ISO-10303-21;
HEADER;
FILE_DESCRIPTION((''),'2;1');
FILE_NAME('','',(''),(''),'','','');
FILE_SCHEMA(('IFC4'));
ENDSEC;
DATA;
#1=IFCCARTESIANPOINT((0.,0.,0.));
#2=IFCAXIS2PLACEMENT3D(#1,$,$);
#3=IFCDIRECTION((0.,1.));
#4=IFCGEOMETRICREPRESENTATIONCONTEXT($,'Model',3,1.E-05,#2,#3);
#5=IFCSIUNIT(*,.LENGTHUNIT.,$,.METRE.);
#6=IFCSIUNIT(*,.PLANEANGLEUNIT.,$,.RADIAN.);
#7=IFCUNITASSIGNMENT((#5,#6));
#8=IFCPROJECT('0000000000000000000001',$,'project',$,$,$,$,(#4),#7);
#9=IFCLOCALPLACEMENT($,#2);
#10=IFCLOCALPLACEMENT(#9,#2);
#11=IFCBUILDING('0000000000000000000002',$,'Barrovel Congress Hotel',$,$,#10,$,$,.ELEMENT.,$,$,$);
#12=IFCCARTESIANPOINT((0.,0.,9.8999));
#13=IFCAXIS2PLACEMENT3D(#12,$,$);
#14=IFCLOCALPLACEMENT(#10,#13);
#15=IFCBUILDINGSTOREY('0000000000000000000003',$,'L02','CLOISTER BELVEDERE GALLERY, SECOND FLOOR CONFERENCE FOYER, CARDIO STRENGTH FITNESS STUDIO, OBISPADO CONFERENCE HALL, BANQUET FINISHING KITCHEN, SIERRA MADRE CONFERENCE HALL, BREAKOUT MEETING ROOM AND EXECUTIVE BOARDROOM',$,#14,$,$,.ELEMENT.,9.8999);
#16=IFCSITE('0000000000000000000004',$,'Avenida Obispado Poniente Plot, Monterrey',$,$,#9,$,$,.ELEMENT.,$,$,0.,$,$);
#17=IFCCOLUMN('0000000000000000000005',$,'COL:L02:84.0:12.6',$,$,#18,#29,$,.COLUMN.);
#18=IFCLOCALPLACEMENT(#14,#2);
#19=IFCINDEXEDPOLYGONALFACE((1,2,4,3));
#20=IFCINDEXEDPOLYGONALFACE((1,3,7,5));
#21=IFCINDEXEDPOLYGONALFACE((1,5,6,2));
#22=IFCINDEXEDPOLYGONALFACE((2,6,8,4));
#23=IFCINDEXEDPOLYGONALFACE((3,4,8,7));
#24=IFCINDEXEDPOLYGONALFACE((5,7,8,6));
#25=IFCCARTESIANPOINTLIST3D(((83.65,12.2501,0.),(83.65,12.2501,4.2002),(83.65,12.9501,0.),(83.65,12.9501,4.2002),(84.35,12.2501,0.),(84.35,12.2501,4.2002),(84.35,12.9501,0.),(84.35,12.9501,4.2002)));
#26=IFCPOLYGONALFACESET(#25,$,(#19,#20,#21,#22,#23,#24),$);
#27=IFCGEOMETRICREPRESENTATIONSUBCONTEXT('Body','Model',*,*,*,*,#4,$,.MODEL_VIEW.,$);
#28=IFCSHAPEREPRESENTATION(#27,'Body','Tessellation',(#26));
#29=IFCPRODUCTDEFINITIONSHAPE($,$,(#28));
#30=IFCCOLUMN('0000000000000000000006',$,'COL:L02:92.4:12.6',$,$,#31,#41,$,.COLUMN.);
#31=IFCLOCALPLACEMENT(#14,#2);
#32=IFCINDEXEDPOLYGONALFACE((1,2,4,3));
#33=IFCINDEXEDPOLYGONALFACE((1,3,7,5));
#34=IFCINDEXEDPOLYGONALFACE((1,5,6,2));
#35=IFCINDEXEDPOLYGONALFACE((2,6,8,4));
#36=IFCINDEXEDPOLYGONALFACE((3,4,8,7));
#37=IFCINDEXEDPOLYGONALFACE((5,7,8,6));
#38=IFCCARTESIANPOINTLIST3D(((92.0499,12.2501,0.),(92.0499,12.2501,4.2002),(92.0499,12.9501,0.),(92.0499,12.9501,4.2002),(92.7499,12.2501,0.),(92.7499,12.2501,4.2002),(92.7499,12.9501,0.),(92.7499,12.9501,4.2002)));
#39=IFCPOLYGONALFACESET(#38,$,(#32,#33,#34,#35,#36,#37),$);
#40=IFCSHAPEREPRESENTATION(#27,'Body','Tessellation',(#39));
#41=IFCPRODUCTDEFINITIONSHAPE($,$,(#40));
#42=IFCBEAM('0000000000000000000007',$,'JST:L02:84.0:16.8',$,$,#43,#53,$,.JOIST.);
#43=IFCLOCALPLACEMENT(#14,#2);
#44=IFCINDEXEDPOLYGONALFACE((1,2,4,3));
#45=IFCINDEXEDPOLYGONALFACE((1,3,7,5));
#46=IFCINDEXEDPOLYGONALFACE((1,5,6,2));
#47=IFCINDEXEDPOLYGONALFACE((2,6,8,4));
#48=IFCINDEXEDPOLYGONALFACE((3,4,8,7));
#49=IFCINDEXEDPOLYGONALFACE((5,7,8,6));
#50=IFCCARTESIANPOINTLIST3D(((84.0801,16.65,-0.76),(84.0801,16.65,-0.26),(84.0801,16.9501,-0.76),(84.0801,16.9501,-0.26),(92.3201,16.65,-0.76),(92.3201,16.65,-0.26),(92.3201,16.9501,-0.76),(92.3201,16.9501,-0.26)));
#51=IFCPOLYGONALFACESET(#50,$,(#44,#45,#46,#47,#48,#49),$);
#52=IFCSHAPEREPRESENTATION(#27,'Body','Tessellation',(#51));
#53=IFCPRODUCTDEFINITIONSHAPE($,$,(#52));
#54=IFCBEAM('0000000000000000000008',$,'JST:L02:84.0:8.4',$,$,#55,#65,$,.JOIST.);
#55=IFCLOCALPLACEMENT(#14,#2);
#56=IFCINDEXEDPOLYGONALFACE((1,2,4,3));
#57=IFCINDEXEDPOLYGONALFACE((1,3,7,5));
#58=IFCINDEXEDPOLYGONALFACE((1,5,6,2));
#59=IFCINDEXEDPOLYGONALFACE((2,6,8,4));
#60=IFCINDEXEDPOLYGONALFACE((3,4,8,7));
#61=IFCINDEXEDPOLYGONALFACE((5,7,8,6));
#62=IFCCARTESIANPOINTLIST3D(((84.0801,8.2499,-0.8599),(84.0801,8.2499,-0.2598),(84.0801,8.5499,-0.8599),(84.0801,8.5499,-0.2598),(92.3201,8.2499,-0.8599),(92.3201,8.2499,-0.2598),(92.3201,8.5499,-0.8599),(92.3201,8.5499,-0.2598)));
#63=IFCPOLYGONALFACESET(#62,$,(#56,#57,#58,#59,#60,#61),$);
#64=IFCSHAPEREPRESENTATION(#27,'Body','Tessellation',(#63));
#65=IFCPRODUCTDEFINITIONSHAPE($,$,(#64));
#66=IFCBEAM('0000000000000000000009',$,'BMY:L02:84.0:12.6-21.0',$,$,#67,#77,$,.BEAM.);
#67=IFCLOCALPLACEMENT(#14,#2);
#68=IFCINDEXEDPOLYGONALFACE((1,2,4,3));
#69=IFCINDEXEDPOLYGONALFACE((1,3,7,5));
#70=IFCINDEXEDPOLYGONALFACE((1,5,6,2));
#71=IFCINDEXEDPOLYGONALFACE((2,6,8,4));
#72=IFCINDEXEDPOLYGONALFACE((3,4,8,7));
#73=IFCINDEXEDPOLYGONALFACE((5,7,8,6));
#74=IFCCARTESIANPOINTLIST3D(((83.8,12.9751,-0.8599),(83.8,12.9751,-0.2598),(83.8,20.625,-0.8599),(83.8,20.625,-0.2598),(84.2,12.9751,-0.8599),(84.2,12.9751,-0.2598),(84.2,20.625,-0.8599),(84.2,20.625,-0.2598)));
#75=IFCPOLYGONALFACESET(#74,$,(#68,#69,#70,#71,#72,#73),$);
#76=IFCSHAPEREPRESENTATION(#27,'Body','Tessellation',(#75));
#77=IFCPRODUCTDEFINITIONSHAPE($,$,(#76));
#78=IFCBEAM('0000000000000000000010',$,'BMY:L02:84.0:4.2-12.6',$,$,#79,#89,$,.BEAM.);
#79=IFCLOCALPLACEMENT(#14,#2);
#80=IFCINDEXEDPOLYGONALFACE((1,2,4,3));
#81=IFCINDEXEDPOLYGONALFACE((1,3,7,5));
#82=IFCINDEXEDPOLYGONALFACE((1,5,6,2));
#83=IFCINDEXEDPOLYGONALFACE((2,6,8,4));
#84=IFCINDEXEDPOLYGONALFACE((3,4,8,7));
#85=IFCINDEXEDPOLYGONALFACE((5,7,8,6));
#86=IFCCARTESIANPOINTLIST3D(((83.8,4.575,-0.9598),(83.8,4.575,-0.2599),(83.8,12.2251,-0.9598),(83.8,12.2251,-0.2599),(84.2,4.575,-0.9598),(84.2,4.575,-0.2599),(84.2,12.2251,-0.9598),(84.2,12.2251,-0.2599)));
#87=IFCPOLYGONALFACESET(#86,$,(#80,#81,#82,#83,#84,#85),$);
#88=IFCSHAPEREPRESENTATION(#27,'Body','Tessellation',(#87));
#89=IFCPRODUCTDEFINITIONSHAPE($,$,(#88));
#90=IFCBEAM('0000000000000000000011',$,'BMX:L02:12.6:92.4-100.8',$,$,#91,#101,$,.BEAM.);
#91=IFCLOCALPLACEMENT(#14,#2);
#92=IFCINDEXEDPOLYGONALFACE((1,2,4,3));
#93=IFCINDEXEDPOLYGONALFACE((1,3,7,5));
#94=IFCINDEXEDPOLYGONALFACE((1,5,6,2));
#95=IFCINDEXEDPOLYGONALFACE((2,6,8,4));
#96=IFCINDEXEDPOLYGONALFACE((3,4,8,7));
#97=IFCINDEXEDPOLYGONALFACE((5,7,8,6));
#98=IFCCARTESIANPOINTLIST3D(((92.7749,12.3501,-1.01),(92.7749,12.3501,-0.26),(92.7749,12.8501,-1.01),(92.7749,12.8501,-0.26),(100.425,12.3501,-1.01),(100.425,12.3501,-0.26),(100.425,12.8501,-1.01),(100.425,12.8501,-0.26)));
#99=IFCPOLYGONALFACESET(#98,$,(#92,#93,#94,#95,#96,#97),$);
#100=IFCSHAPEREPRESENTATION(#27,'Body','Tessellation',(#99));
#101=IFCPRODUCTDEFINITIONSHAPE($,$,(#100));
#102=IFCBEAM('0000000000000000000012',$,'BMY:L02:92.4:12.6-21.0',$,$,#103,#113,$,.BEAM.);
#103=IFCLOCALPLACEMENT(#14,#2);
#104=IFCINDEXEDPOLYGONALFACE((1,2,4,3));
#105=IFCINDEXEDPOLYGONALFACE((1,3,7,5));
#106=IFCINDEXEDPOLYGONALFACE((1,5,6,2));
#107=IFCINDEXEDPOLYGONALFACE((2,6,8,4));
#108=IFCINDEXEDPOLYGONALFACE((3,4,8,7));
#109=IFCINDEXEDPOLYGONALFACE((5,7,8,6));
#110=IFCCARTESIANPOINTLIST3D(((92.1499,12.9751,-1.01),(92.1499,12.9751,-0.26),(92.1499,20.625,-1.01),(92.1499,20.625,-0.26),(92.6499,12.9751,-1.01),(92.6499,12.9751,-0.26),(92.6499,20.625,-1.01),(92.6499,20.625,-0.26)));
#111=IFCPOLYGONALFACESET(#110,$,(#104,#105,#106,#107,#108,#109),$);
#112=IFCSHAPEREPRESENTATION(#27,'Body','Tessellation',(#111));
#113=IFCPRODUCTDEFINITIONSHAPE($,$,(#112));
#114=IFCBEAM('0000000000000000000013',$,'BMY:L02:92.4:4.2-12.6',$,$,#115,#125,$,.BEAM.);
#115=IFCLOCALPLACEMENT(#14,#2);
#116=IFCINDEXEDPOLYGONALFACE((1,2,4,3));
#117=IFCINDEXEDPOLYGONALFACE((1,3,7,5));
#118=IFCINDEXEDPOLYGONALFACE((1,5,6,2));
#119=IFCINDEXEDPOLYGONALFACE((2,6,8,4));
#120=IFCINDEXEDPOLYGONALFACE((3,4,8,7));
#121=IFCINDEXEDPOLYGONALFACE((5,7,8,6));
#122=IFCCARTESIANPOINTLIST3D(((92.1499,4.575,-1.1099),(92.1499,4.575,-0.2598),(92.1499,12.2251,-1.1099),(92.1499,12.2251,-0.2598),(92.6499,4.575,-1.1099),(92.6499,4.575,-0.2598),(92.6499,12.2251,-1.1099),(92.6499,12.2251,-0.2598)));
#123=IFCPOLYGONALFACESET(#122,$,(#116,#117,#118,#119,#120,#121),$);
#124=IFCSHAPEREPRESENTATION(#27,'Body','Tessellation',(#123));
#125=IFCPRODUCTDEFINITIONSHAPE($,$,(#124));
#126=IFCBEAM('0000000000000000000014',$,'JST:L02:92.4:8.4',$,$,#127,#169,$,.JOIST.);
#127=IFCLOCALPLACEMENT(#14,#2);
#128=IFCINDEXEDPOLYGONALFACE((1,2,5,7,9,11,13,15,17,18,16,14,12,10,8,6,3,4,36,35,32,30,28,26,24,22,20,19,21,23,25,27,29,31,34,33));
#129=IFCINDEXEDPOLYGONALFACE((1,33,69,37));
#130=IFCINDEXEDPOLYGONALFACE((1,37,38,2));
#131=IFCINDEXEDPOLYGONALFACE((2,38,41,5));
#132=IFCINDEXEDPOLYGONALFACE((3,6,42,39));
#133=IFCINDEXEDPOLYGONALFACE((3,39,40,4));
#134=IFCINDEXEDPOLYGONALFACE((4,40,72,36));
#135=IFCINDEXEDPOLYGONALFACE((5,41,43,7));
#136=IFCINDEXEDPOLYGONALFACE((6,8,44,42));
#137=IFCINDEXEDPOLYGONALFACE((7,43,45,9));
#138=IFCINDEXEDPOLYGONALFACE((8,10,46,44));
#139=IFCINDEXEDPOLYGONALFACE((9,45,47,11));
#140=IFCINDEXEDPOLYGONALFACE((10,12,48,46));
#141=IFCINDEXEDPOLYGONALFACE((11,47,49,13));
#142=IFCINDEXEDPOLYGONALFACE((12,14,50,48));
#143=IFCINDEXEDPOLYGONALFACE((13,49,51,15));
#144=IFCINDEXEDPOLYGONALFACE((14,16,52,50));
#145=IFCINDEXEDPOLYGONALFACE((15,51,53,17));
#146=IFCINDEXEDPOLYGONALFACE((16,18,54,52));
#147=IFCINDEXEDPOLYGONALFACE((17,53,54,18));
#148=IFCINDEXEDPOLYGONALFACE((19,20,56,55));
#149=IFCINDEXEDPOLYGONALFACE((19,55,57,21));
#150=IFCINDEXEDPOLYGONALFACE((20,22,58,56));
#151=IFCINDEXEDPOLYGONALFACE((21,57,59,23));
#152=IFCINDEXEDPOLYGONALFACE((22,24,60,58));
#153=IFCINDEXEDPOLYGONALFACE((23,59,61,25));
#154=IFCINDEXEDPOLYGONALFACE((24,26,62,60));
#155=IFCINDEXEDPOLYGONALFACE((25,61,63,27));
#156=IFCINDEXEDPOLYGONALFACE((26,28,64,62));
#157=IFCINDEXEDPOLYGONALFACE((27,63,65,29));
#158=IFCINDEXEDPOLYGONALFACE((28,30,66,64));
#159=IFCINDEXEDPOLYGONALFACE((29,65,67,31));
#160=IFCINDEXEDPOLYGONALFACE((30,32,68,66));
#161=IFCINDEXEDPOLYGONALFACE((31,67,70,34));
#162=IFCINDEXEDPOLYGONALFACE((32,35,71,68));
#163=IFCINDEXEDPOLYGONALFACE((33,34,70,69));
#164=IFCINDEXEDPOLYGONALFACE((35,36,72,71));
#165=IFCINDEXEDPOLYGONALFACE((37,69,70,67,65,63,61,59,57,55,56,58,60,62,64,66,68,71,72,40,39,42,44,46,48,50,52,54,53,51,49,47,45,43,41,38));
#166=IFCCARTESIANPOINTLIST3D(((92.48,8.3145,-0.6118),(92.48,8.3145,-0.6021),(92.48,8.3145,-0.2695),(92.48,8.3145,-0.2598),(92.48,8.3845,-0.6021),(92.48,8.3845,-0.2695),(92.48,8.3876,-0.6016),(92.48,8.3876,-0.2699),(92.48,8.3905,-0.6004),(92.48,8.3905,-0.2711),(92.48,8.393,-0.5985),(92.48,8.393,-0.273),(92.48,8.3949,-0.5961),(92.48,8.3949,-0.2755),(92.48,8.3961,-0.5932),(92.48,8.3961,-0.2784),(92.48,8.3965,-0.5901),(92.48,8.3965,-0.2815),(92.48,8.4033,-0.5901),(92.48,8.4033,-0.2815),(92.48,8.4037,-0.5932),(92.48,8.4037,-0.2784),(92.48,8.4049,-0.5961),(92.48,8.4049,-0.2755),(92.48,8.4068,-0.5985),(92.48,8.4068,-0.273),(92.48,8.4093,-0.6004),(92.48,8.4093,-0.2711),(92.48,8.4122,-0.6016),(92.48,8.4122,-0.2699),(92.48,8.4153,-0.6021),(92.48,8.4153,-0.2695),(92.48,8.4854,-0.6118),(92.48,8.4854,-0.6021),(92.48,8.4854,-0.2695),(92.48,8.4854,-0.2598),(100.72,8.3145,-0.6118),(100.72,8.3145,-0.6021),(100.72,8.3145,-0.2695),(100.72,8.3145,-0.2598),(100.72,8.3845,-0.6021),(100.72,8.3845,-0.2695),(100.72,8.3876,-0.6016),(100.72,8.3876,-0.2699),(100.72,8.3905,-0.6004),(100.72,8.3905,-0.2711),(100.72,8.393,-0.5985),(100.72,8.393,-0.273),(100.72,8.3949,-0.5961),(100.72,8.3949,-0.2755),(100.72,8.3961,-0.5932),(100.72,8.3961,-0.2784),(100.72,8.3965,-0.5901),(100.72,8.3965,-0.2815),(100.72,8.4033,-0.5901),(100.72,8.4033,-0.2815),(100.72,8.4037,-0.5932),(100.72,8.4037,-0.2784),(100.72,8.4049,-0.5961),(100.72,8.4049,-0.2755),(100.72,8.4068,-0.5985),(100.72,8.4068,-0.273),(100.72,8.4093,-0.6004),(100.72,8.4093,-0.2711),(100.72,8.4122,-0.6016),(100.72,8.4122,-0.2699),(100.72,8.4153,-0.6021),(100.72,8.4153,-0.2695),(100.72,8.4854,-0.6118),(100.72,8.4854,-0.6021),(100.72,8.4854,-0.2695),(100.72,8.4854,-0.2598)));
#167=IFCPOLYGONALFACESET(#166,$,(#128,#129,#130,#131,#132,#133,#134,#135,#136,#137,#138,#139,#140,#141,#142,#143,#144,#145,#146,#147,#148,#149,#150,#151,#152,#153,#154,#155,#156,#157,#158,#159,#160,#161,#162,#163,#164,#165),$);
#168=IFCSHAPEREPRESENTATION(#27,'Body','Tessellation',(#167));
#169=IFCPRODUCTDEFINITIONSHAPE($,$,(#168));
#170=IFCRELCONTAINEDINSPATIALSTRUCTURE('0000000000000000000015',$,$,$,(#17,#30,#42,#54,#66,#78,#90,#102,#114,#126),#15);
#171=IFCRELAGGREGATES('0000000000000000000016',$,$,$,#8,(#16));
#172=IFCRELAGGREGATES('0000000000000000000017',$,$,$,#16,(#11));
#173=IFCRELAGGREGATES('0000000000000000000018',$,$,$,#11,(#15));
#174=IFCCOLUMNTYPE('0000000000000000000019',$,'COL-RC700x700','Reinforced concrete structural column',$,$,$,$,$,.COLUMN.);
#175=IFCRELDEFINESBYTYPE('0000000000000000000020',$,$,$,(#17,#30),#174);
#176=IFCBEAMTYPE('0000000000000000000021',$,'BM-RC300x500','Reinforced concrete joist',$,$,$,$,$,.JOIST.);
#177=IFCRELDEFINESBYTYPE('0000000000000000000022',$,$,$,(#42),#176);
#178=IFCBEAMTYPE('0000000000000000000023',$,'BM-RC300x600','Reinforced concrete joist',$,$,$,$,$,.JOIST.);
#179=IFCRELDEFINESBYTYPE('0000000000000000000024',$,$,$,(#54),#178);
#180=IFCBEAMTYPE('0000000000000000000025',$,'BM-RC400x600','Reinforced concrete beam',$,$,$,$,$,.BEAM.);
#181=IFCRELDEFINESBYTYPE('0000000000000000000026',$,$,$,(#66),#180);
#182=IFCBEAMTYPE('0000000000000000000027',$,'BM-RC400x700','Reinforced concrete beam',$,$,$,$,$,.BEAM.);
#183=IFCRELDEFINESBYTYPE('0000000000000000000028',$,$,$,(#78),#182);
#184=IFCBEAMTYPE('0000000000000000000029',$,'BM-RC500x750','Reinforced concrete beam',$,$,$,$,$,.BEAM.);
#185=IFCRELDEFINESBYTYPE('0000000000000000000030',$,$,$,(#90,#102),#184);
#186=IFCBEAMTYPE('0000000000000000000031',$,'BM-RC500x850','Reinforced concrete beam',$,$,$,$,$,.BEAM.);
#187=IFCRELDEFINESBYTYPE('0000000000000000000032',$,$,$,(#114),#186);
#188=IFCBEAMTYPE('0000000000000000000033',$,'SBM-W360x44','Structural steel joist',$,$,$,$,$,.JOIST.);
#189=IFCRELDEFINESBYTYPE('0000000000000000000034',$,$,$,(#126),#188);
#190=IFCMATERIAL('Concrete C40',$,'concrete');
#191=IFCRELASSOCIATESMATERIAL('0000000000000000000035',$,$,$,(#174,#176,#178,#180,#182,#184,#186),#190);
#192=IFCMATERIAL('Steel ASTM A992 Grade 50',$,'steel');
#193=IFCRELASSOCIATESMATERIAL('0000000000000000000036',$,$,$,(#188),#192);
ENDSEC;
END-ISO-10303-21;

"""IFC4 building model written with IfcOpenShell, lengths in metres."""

from ifc_helpers import new_model, si_unit, direction, frame, origin, origin_2d, place, context, subcontext, project, spatial, rectangle, i_section, extrude, material, material_profile, profile_set, type_object, element, save


model = new_model("IFC4")

# Units and contexts
model_context = context("Model", 3, precision=1e-05, world=origin(), true_north=direction((0.0, 1.0)))
body_context = subcontext(model_context, "Body", "Model", "MODEL_VIEW")
ifc_project = project(units=[si_unit("LENGTHUNIT", "METRE"), si_unit("PLANEANGLEUNIT", "RADIAN")], contexts=[model_context])

# Site, building, storey
site_placement = place(None, origin())
site = spatial("IfcSite", under=ifc_project, at=site_placement, Name="Avenida Obispado Poniente Plot, Monterrey", CompositionType="ELEMENT", RefElevation=0.0)
building_placement = place(site_placement, origin())
building = spatial("IfcBuilding", under=site, at=building_placement, Name="Barrovel Congress Hotel", CompositionType="ELEMENT")
storey_placement = place(building_placement, frame((0.0, 0.0, 9.8999)))
storey = spatial("IfcBuildingStorey", under=building, at=storey_placement, Name="L02", Description="CLOISTER BELVEDERE GALLERY, SECOND FLOOR CONFERENCE FOYER, CARDIO STRENGTH FITNESS STUDIO, OBISPADO CONFERENCE HALL, BANQUET FINISHING KITCHEN, SIERRA MADRE CONFERENCE HALL, BREAKOUT MEETING ROOM AND EXECUTIVE BOARDROOM", CompositionType="ELEMENT", Elevation=9.8999)

# Columns
ifc_material_1 = material(Name="Concrete C40", Category="concrete")
ifc_material_profile_1 = material_profile(ifc_material_1, rectangle(XDim=0.7, YDim=0.7, at=origin_2d()), Name="RC700x700")
ifc_profile_set_1 = profile_set([ifc_material_profile_1], Name="Concrete C40")
column_type = type_object("IfcColumnType", Name="COL-RC700x700", Description="Reinforced concrete structural column", PredefinedType="COLUMN", material=ifc_profile_set_1)
for number, where, z_axis, x_axis, name in (
    (1, (84.0, 12.6001, 0.0), (0.0, 0.0, 1.0), (1.0, 0.0, 0.0), "COL:L02:84.0:12.6"),
    (2, (92.3999, 12.6001, 0.0), (0.0, 0.0, 1.0), (1.0, 0.0, 0.0), "COL:L02:92.4:12.6"),
):
    element("IfcColumn", number, at=place(storey_placement, frame(where, z_axis=z_axis, x_axis=x_axis)), inside=storey, type_object=column_type, Name=name, PredefinedType="COLUMN", context=body_context, shape_type="SweptSolid", body=[
        extrude(rectangle(XDim=0.7, YDim=0.7, at=origin_2d()), origin(), (0.0, 0.0, 1.0), 4.2002),
    ])

# Beams
ifc_material_profile_2 = material_profile(ifc_material_1, rectangle(XDim=0.3, YDim=0.5, at=origin_2d()), Name="RC300x500")
ifc_profile_set_2 = profile_set([ifc_material_profile_2], Name="Concrete C40")
beam_type_1 = type_object("IfcBeamType", Name="BM-RC300x500", Description="Reinforced concrete joist", PredefinedType="JOIST", material=ifc_profile_set_2)
beam_1_placement = place(storey_placement, frame((84.0801, 16.8, -0.51), z_axis=(1.0, 0.0, 0.0), x_axis=(0.0, 1.0, 0.0)))
element("IfcBeam", 3, at=beam_1_placement, inside=storey, type_object=beam_type_1, Name="JST:L02:84.0:16.8", PredefinedType="JOIST", context=body_context, shape_type="SweptSolid", body=[
    extrude(rectangle(XDim=0.3, YDim=0.5, at=origin_2d()), origin(), (0.0, 0.0, 1.0), 8.24),
])
ifc_material_profile_3 = material_profile(ifc_material_1, rectangle(XDim=0.3, YDim=0.6001, at=origin_2d()), Name="RC300x600")
ifc_profile_set_3 = profile_set([ifc_material_profile_3], Name="Concrete C40")
beam_type_2 = type_object("IfcBeamType", Name="BM-RC300x600", Description="Reinforced concrete joist", PredefinedType="JOIST", material=ifc_profile_set_3)
beam_2_placement = place(storey_placement, frame((84.0801, 8.3999, -0.5598), z_axis=(1.0, 0.0, 0.0), x_axis=(0.0, 1.0, 0.0)))
element("IfcBeam", 4, at=beam_2_placement, inside=storey, type_object=beam_type_2, Name="JST:L02:84.0:8.4", PredefinedType="JOIST", context=body_context, shape_type="SweptSolid", body=[
    extrude(rectangle(XDim=0.3, YDim=0.6001, at=origin_2d()), origin(), (0.0, 0.0, 1.0), 8.24),
])
ifc_material_profile_4 = material_profile(ifc_material_1, rectangle(XDim=0.3999, YDim=0.6001, at=origin_2d()), Name="RC400x600")
ifc_profile_set_4 = profile_set([ifc_material_profile_4], Name="Concrete C40")
beam_type_3 = type_object("IfcBeamType", Name="BM-RC400x600", Description="Reinforced concrete beam", PredefinedType="BEAM", material=ifc_profile_set_4)
beam_3_placement = place(storey_placement, frame((84.0, 12.9751, -0.5598), z_axis=(0.0, 1.0, 0.0), x_axis=(-1.0, 0.0, 0.0)))
element("IfcBeam", 5, at=beam_3_placement, inside=storey, type_object=beam_type_3, Name="BMY:L02:84.0:12.6-21.0", PredefinedType="BEAM", context=body_context, shape_type="SweptSolid", body=[
    extrude(rectangle(XDim=0.3999, YDim=0.6001, at=origin_2d()), origin(), (0.0, 0.0, 1.0), 7.6499),
])
ifc_material_profile_5 = material_profile(ifc_material_1, rectangle(XDim=0.3999, YDim=0.7, at=origin_2d()), Name="RC400x700")
ifc_profile_set_5 = profile_set([ifc_material_profile_5], Name="Concrete C40")
beam_type_4 = type_object("IfcBeamType", Name="BM-RC400x700", Description="Reinforced concrete beam", PredefinedType="BEAM", material=ifc_profile_set_5)
beam_4_placement = place(storey_placement, frame((84.0, 4.575, -0.6099), z_axis=(0.0, 1.0, 0.0), x_axis=(-1.0, 0.0, 0.0)))
element("IfcBeam", 6, at=beam_4_placement, inside=storey, type_object=beam_type_4, Name="BMY:L02:84.0:4.2-12.6", PredefinedType="BEAM", context=body_context, shape_type="SweptSolid", body=[
    extrude(rectangle(XDim=0.3999, YDim=0.7, at=origin_2d()), origin(), (0.0, 0.0, 1.0), 7.6501),
])
ifc_material_profile_6 = material_profile(ifc_material_1, rectangle(XDim=0.5, YDim=0.75, at=origin_2d()), Name="RC500x750")
ifc_profile_set_6 = profile_set([ifc_material_profile_6], Name="Concrete C40")
beam_type_5 = type_object("IfcBeamType", Name="BM-RC500x750", Description="Reinforced concrete beam", PredefinedType="BEAM", material=ifc_profile_set_6)
beam_5_placement = place(storey_placement, frame((92.7749, 12.6001, -0.635), z_axis=(1.0, 0.0, 0.0), x_axis=(0.0, 1.0, 0.0)))
element("IfcBeam", 7, at=beam_5_placement, inside=storey, type_object=beam_type_5, Name="BMX:L02:12.6:92.4-100.8", PredefinedType="BEAM", context=body_context, shape_type="SweptSolid", body=[
    extrude(rectangle(XDim=0.5, YDim=0.75, at=origin_2d()), origin(), (0.0, 0.0, 1.0), 7.6501),
])
beam_6_placement = place(storey_placement, frame((92.3999, 12.9751, -0.635), z_axis=(0.0, 1.0, 0.0), x_axis=(-1.0, 0.0, 0.0)))
element("IfcBeam", 8, at=beam_6_placement, inside=storey, type_object=beam_type_5, Name="BMY:L02:92.4:12.6-21.0", PredefinedType="BEAM", context=body_context, shape_type="SweptSolid", body=[
    extrude(rectangle(XDim=0.5, YDim=0.75, at=origin_2d()), origin(), (0.0, 0.0, 1.0), 7.6499),
])
ifc_material_profile_7 = material_profile(ifc_material_1, rectangle(XDim=0.5, YDim=0.8501, at=origin_2d()), Name="RC500x850")
ifc_profile_set_7 = profile_set([ifc_material_profile_7], Name="Concrete C40")
beam_type_6 = type_object("IfcBeamType", Name="BM-RC500x850", Description="Reinforced concrete beam", PredefinedType="BEAM", material=ifc_profile_set_7)
beam_7_placement = place(storey_placement, frame((92.3999, 4.575, -0.6848), z_axis=(0.0, 1.0, 0.0), x_axis=(-1.0, 0.0, 0.0)))
element("IfcBeam", 9, at=beam_7_placement, inside=storey, type_object=beam_type_6, Name="BMY:L02:92.4:4.2-12.6", PredefinedType="BEAM", context=body_context, shape_type="SweptSolid", body=[
    extrude(rectangle(XDim=0.5, YDim=0.8501, at=origin_2d()), origin(), (0.0, 0.0, 1.0), 7.6501),
])
ifc_material_2 = material(Name="Steel ASTM A992 Grade 50", Category="steel")
ifc_material_profile_8 = material_profile(ifc_material_2, i_section(OverallWidth=0.1709, OverallDepth=0.3521, WebThickness=0.0068, FlangeThickness=0.0098, FilletRadius=0.012, at=origin_2d()), Name="W360x44")
ifc_profile_set_8 = profile_set([ifc_material_profile_8], Name="Steel ASTM A992 Grade 50")
beam_type_7 = type_object("IfcBeamType", Name="SBM-W360x44", Description="Structural steel joist", PredefinedType="JOIST", material=ifc_profile_set_8)
beam_8_placement = place(storey_placement, frame((92.48, 8.3999, -0.4358), z_axis=(1.0, 0.0, 0.0), x_axis=(0.0, 1.0, 0.0)))
element("IfcBeam", 10, at=beam_8_placement, inside=storey, type_object=beam_type_7, Name="JST:L02:92.4:8.4", PredefinedType="JOIST", context=body_context, shape_type="SweptSolid", body=[
    extrude(i_section(OverallWidth=0.1709, OverallDepth=0.3521, WebThickness=0.0068, FlangeThickness=0.0098, FilletRadius=0.012, at=origin_2d()), origin(), (0.0, 0.0, 1.0), 8.24),
])

save(model, "model.ifc")
